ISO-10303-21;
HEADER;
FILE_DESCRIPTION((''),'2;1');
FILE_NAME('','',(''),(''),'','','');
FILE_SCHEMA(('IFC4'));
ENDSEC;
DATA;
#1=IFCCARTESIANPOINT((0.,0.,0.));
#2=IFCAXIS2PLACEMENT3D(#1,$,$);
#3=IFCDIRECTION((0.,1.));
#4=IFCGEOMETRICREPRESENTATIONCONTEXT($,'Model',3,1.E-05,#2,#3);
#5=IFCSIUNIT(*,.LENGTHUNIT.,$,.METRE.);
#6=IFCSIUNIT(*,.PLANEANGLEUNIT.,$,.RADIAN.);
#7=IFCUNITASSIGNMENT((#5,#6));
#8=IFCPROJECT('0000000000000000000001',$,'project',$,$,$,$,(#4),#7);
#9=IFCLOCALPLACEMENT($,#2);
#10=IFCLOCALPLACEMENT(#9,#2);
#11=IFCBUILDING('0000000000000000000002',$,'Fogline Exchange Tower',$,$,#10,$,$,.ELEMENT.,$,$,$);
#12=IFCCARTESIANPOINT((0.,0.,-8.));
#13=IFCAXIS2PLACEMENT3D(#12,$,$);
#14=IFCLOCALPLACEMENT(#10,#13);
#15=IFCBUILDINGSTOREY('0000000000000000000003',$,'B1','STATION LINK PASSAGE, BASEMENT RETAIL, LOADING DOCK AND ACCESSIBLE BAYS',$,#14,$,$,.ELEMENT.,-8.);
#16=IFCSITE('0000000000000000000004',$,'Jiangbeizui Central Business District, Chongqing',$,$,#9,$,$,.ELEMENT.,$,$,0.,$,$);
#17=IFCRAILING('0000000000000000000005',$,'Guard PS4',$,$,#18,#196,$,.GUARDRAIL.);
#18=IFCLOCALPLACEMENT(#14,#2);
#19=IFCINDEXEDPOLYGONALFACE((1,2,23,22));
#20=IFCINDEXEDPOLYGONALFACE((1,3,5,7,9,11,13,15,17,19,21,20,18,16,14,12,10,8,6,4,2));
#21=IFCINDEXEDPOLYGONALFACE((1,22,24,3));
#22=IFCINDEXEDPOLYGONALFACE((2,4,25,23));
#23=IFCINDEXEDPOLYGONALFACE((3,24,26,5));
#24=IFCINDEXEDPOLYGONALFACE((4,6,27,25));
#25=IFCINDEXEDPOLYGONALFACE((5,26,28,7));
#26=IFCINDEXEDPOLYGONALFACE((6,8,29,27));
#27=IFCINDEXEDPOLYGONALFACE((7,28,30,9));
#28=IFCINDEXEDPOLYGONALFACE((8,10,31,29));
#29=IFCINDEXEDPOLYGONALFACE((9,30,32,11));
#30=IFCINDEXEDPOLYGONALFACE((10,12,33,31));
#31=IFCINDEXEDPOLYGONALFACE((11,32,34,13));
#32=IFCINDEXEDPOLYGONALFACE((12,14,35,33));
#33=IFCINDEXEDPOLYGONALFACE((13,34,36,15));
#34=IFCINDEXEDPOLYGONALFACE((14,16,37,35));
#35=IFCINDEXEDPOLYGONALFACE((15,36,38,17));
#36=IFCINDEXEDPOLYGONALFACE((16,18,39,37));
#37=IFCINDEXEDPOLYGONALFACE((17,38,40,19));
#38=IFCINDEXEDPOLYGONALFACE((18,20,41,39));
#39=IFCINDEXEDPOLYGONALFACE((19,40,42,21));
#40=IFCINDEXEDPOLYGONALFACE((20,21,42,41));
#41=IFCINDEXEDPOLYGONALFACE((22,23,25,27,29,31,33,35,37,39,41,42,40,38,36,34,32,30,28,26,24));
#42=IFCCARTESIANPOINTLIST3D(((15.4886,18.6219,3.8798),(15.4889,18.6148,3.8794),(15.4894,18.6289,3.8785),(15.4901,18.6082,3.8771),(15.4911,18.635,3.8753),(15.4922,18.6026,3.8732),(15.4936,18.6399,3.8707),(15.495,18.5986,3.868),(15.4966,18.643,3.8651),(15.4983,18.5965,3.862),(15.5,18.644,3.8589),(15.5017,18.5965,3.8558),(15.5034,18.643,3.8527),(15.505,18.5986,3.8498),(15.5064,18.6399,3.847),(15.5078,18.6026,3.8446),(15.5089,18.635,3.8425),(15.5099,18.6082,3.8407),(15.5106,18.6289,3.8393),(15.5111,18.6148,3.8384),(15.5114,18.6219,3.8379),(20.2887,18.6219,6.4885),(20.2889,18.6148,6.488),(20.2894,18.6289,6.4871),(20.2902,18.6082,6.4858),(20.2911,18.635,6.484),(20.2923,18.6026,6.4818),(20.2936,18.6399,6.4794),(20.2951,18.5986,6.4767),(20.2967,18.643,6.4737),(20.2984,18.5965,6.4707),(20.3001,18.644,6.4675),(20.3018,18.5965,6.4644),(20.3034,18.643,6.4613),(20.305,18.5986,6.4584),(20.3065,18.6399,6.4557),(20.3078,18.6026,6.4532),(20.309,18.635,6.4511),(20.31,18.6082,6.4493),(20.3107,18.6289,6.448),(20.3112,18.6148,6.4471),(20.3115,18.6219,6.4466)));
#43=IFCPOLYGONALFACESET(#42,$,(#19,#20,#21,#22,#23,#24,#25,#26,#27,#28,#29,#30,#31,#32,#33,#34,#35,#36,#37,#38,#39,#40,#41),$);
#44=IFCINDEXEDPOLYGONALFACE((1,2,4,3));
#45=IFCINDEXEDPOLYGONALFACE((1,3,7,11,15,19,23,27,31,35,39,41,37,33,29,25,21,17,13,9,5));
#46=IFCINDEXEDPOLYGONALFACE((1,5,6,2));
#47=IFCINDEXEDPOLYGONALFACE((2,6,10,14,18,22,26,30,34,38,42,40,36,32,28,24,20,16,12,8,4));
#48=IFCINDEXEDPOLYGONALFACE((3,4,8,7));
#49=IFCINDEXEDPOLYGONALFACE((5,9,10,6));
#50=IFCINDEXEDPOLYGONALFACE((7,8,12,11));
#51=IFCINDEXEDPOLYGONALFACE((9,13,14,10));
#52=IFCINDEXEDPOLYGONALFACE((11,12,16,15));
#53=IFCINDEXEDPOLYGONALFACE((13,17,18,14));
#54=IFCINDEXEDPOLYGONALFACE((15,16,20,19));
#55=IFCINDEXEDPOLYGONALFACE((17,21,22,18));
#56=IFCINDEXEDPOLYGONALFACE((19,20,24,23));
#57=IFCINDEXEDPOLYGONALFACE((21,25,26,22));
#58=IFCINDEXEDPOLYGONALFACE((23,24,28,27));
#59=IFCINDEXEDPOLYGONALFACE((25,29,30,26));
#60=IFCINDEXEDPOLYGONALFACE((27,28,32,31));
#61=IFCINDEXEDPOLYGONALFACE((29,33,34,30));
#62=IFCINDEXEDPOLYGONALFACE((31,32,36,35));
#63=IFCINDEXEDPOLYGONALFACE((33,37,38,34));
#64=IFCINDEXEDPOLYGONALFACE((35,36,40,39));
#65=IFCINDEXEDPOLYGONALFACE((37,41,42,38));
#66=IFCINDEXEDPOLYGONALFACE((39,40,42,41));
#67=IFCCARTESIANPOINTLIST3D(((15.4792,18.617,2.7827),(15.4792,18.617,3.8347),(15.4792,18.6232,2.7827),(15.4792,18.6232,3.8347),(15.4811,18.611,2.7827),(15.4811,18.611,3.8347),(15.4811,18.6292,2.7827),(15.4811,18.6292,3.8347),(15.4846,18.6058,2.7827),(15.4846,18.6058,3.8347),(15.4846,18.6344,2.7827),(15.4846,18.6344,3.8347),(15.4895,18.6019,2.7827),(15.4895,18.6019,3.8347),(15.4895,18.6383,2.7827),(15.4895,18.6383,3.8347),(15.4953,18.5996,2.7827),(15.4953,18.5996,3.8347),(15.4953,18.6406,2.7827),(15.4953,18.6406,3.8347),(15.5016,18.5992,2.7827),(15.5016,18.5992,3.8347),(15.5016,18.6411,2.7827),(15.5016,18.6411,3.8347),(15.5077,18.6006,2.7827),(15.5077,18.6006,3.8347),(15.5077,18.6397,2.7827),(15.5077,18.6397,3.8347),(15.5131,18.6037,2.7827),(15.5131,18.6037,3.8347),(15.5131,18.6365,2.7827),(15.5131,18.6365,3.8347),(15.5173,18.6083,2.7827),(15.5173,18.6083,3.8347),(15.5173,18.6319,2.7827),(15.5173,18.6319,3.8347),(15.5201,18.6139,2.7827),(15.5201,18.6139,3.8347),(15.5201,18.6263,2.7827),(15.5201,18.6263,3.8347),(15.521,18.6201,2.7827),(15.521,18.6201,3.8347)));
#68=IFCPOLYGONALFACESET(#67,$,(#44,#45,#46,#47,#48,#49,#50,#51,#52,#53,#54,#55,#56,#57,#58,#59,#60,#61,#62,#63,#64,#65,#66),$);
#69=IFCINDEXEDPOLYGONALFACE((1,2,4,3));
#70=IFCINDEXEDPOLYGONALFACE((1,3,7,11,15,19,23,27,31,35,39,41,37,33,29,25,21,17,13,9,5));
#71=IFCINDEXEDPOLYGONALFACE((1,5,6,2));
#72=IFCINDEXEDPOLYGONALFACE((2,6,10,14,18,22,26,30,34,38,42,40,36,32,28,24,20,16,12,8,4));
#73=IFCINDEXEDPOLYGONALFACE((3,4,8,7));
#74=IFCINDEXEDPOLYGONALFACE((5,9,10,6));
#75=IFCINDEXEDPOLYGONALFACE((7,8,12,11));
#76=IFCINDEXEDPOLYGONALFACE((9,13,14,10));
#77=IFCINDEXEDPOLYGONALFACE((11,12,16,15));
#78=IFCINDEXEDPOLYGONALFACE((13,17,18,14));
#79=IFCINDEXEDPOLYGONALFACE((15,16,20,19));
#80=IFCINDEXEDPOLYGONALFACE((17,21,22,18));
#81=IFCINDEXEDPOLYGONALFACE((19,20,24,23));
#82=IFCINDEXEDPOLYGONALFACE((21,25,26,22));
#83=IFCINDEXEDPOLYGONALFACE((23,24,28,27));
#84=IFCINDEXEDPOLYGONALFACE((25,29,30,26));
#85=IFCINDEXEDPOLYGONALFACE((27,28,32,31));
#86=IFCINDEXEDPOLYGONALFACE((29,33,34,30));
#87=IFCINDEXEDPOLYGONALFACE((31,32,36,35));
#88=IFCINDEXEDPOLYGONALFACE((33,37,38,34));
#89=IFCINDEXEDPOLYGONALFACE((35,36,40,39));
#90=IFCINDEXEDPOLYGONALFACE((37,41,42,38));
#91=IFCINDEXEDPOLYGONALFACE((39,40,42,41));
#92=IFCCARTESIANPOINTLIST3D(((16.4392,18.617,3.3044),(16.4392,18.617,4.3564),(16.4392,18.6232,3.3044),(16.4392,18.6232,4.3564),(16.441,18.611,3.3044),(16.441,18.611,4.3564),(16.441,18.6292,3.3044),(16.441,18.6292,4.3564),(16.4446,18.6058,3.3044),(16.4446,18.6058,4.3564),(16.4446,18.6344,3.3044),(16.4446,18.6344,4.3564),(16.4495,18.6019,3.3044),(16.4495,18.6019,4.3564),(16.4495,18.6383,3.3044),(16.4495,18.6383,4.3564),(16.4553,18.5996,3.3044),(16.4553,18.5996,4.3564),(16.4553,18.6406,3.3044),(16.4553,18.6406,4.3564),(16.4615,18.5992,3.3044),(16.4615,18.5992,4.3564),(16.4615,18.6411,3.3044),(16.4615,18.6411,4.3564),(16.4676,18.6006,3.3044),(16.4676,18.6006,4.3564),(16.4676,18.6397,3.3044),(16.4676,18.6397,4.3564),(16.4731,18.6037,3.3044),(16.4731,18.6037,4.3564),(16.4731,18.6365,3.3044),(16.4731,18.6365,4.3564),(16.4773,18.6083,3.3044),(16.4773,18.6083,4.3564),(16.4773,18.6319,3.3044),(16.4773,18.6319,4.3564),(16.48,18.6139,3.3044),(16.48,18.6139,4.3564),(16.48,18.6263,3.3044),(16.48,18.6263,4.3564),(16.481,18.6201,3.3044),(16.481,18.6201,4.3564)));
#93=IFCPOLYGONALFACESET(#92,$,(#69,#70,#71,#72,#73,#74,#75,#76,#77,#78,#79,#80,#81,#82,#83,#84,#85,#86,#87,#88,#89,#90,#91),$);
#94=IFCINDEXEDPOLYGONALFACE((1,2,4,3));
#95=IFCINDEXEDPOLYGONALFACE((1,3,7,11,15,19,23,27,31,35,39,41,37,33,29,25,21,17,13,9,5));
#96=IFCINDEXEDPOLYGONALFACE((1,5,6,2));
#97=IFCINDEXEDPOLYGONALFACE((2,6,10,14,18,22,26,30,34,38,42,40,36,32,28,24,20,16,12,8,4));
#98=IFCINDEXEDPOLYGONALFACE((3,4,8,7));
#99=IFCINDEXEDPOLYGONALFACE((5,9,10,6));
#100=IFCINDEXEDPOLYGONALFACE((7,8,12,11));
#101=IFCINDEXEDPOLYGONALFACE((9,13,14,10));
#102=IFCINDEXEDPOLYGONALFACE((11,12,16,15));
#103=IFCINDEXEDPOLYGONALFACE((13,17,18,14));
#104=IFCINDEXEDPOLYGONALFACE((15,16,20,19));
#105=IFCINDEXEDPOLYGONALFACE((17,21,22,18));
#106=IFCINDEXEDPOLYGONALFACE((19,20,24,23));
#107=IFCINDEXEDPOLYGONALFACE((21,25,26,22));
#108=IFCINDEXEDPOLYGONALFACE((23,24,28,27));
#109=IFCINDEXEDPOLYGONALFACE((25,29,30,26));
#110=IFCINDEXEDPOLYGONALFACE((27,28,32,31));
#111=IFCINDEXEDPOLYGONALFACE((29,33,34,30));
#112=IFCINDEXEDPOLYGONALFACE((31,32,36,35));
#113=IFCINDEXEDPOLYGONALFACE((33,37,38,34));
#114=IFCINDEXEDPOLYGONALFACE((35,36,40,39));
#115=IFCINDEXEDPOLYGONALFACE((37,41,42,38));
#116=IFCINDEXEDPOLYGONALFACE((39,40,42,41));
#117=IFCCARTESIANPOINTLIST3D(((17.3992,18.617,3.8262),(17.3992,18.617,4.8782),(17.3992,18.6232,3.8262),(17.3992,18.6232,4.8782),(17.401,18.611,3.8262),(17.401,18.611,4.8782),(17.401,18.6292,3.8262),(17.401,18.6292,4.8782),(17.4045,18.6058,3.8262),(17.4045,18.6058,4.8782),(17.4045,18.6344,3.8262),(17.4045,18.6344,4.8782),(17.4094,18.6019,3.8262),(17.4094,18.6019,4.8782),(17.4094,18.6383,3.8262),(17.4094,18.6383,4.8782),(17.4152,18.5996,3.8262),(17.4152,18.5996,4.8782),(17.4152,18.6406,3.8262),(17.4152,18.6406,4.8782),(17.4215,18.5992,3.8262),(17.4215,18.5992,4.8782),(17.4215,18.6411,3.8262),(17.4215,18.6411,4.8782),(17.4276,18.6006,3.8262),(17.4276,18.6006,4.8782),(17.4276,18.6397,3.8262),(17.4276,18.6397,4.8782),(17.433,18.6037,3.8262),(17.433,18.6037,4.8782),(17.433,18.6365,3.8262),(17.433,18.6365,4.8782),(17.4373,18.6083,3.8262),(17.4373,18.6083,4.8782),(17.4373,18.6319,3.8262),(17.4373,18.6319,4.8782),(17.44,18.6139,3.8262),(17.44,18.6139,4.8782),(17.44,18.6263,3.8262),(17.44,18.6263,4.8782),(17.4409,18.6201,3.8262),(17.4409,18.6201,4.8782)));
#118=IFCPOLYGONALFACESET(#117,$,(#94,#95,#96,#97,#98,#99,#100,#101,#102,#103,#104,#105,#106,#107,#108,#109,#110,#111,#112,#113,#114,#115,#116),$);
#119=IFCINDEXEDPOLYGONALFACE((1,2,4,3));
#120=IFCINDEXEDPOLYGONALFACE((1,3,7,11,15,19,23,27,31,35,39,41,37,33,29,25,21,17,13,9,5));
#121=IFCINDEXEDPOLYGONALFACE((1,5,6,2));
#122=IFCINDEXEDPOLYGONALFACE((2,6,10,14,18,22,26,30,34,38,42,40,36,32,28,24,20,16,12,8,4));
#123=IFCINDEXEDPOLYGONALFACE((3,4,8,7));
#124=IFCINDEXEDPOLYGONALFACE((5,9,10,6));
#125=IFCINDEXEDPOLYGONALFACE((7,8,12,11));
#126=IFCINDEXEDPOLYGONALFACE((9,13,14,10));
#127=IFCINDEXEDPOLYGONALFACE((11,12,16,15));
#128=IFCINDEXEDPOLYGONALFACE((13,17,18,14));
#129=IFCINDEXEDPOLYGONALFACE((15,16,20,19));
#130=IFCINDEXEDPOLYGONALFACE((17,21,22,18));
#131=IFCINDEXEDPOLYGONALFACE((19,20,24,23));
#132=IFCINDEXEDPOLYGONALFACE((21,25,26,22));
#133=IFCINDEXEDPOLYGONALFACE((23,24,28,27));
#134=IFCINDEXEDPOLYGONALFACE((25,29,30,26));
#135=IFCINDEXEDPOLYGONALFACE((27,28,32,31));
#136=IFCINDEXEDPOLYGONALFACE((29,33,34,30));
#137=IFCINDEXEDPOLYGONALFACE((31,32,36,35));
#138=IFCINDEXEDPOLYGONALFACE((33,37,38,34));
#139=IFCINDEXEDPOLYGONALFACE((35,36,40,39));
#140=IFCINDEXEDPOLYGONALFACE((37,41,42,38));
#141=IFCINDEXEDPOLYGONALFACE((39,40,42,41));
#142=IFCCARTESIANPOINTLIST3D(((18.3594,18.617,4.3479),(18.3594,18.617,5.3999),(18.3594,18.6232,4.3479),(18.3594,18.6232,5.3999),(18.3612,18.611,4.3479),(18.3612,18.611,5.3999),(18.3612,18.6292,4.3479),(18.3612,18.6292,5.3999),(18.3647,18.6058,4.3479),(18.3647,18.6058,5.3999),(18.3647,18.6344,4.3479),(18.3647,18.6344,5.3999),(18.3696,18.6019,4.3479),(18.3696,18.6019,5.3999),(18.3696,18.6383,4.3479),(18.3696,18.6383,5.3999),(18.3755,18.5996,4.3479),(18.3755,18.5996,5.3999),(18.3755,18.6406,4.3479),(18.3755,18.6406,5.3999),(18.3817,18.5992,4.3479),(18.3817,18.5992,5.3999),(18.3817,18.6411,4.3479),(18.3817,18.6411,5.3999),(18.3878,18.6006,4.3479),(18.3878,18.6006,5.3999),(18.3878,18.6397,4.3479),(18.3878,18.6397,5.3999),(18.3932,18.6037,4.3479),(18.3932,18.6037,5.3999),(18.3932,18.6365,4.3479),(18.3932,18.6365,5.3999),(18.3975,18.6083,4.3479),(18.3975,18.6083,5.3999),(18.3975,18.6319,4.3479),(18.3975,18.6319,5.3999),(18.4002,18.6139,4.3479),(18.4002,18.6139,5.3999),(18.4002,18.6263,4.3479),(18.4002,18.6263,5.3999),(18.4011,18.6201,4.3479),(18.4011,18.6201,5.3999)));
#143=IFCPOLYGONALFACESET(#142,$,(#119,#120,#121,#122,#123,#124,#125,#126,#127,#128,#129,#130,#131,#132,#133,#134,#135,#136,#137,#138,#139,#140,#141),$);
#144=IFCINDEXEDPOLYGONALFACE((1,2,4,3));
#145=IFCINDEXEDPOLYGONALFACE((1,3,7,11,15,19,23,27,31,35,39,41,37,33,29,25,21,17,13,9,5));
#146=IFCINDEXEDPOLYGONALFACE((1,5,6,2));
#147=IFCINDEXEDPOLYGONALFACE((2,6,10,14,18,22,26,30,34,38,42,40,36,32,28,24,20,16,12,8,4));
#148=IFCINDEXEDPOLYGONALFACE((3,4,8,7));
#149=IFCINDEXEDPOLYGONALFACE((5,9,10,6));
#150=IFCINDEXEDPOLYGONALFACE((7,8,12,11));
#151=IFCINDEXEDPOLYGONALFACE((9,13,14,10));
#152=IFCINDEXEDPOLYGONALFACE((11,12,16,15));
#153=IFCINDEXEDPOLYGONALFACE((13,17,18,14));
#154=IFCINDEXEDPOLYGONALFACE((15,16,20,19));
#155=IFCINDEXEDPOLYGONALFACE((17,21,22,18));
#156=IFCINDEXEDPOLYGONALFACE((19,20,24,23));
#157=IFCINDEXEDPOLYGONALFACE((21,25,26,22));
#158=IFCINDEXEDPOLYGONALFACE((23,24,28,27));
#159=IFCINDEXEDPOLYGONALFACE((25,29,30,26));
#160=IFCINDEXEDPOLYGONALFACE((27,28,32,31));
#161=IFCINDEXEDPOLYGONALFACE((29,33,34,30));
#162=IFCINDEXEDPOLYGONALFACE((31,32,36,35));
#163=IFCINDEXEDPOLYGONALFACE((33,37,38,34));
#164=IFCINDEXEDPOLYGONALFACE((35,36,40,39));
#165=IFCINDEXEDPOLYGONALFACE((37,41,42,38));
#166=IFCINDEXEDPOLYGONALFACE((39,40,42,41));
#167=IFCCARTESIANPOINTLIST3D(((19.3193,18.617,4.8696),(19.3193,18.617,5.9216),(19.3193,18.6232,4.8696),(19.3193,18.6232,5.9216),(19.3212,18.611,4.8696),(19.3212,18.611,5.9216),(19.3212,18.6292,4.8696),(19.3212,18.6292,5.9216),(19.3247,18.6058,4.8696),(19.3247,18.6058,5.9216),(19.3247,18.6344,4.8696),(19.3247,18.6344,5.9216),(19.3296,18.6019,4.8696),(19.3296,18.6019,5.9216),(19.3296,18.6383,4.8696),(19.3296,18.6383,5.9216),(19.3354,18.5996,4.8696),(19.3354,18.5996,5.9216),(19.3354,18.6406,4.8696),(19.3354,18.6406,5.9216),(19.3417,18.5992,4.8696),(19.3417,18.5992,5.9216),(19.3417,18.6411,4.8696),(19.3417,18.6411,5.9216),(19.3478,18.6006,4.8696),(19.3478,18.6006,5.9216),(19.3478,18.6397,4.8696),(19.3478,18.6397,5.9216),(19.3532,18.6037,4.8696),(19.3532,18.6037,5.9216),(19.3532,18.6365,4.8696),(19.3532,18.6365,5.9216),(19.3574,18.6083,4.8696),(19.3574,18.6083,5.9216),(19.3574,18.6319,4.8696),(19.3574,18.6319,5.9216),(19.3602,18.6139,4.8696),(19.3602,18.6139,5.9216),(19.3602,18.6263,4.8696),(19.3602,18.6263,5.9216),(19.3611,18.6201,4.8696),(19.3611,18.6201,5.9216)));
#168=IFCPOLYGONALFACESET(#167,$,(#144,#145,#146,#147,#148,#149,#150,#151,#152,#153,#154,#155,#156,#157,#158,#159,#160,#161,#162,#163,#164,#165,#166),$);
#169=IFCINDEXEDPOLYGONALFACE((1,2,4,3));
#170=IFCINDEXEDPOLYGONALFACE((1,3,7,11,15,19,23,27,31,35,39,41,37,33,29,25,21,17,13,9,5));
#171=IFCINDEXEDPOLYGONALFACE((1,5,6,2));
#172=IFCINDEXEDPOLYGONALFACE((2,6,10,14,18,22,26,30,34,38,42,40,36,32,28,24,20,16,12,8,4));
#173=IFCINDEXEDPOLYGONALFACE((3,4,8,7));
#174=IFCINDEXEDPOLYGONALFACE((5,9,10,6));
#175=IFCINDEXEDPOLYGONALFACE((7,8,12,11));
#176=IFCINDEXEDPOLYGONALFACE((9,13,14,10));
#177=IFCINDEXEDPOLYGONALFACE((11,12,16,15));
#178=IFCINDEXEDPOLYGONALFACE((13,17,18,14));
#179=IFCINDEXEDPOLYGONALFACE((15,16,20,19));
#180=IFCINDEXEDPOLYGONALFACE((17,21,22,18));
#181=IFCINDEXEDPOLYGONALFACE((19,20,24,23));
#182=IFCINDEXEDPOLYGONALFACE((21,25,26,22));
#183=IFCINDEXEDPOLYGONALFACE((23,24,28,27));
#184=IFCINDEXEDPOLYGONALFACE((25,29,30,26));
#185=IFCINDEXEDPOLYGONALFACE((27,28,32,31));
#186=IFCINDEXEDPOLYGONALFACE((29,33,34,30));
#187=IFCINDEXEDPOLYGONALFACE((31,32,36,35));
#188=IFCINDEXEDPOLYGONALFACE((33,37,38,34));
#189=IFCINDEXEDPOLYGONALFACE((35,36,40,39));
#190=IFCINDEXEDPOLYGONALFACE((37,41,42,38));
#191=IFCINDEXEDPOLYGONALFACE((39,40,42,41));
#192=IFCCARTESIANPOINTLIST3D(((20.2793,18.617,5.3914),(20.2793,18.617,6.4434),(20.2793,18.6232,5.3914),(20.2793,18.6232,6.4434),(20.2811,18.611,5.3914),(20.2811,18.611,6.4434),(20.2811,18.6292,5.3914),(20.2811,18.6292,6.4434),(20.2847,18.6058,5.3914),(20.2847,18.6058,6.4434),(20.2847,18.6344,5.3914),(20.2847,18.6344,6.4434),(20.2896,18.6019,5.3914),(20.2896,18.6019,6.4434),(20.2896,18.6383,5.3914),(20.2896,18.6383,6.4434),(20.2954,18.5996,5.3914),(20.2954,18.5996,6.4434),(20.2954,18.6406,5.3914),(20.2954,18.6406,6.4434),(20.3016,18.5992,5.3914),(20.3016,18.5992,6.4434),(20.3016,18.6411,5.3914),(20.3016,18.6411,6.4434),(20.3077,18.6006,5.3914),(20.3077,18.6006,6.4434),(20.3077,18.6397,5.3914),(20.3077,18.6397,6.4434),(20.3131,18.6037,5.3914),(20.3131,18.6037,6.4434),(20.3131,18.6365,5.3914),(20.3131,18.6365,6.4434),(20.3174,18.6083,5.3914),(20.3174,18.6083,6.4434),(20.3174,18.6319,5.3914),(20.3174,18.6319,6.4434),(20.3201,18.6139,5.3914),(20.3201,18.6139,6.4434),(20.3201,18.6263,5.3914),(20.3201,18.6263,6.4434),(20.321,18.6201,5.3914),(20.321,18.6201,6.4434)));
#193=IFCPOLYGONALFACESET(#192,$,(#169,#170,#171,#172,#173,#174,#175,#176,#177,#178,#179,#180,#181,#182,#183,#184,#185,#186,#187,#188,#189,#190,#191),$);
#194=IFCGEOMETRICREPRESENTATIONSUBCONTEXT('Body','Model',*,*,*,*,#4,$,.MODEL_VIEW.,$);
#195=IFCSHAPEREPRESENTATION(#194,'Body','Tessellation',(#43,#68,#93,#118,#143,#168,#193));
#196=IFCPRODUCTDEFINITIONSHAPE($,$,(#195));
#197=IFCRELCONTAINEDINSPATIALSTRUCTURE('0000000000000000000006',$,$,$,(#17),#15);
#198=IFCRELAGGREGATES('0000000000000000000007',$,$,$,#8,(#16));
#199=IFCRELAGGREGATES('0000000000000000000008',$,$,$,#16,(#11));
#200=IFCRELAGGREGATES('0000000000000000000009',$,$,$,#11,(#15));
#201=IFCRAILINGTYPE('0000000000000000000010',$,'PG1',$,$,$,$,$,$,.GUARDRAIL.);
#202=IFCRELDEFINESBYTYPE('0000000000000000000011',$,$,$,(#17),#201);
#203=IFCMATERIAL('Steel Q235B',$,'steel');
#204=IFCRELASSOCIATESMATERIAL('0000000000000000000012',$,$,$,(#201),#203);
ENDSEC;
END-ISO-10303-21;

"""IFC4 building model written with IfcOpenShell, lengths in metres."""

from ifc_helpers import new_model, si_unit, direction, frame, origin, origin_2d, place, context, subcontext, project, spatial, circle, extrude, material, type_object, element, save


model = new_model("IFC4")

# Units and contexts
model_context = context("Model", 3, precision=1e-05, world=origin(), true_north=direction((0.0, 1.0)))
body_context = subcontext(model_context, "Body", "Model", "MODEL_VIEW")
ifc_project = project(units=[si_unit("LENGTHUNIT", "METRE"), si_unit("PLANEANGLEUNIT", "RADIAN")], contexts=[model_context])

# Site, building, storey
site_placement = place(None, origin())
site = spatial("IfcSite", under=ifc_project, at=site_placement, Name="Jiangbeizui Central Business District, Chongqing", CompositionType="ELEMENT", RefElevation=0.0)
building_placement = place(site_placement, origin())
building = spatial("IfcBuilding", under=site, at=building_placement, Name="Fogline Exchange Tower", CompositionType="ELEMENT")
storey_placement = place(building_placement, frame((0.0, 0.0, -8.0)))
storey = spatial("IfcBuildingStorey", under=building, at=storey_placement, Name="B1", Description="STATION LINK PASSAGE, BASEMENT RETAIL, LOADING DOCK AND ACCESSIBLE BAYS", CompositionType="ELEMENT", Elevation=-8.0)

# Railing
ifc_material_1 = material(Name="Steel Q235B", Category="steel")
railing_type_1 = type_object("IfcRailingType", Name="PG1", PredefinedType="GUARDRAIL", material=ifc_material_1)
railing_1_placement = place(storey_placement, frame((15.5, 18.6201, 2.7827)))
element("IfcRailing", 1, at=railing_1_placement, inside=storey, type_object=railing_type_1, Name="Guard PS4", PredefinedType="GUARDRAIL", context=body_context, shape_type="SweptSolid", body=[
    extrude(circle(Radius=0.0239, at=origin_2d()), frame((0.0, 0.0, 1.0762), z_axis=(0.878631, 0.0, 0.477502), x_axis=(0.0, 1.0, 0.0)), (0.0, 0.0, 1.0), 5.4631),
    extrude(circle(Radius=0.021, at=origin_2d()), origin(), (0.0, 0.0, 1.0), 1.052),
    extrude(circle(Radius=0.021, at=origin_2d()), frame((0.96, 0.0, 0.5217)), (0.0, 0.0, 1.0), 1.052),
    extrude(circle(Radius=0.021, at=origin_2d()), frame((1.9199, 0.0, 1.0435)), (0.0, 0.0, 1.0), 1.052),
    extrude(circle(Radius=0.021, at=origin_2d()), frame((2.8801, 0.0, 1.5652)), (0.0, 0.0, 1.0), 1.052),
    extrude(circle(Radius=0.021, at=origin_2d()), frame((3.8401, 0.0, 2.0869)), (0.0, 0.0, 1.0), 1.052),
    extrude(circle(Radius=0.021, at=origin_2d()), frame((4.8, 0.0, 2.6086)), (0.0, 0.0, 1.0), 1.052),
])

save(model, "model.ifc")
